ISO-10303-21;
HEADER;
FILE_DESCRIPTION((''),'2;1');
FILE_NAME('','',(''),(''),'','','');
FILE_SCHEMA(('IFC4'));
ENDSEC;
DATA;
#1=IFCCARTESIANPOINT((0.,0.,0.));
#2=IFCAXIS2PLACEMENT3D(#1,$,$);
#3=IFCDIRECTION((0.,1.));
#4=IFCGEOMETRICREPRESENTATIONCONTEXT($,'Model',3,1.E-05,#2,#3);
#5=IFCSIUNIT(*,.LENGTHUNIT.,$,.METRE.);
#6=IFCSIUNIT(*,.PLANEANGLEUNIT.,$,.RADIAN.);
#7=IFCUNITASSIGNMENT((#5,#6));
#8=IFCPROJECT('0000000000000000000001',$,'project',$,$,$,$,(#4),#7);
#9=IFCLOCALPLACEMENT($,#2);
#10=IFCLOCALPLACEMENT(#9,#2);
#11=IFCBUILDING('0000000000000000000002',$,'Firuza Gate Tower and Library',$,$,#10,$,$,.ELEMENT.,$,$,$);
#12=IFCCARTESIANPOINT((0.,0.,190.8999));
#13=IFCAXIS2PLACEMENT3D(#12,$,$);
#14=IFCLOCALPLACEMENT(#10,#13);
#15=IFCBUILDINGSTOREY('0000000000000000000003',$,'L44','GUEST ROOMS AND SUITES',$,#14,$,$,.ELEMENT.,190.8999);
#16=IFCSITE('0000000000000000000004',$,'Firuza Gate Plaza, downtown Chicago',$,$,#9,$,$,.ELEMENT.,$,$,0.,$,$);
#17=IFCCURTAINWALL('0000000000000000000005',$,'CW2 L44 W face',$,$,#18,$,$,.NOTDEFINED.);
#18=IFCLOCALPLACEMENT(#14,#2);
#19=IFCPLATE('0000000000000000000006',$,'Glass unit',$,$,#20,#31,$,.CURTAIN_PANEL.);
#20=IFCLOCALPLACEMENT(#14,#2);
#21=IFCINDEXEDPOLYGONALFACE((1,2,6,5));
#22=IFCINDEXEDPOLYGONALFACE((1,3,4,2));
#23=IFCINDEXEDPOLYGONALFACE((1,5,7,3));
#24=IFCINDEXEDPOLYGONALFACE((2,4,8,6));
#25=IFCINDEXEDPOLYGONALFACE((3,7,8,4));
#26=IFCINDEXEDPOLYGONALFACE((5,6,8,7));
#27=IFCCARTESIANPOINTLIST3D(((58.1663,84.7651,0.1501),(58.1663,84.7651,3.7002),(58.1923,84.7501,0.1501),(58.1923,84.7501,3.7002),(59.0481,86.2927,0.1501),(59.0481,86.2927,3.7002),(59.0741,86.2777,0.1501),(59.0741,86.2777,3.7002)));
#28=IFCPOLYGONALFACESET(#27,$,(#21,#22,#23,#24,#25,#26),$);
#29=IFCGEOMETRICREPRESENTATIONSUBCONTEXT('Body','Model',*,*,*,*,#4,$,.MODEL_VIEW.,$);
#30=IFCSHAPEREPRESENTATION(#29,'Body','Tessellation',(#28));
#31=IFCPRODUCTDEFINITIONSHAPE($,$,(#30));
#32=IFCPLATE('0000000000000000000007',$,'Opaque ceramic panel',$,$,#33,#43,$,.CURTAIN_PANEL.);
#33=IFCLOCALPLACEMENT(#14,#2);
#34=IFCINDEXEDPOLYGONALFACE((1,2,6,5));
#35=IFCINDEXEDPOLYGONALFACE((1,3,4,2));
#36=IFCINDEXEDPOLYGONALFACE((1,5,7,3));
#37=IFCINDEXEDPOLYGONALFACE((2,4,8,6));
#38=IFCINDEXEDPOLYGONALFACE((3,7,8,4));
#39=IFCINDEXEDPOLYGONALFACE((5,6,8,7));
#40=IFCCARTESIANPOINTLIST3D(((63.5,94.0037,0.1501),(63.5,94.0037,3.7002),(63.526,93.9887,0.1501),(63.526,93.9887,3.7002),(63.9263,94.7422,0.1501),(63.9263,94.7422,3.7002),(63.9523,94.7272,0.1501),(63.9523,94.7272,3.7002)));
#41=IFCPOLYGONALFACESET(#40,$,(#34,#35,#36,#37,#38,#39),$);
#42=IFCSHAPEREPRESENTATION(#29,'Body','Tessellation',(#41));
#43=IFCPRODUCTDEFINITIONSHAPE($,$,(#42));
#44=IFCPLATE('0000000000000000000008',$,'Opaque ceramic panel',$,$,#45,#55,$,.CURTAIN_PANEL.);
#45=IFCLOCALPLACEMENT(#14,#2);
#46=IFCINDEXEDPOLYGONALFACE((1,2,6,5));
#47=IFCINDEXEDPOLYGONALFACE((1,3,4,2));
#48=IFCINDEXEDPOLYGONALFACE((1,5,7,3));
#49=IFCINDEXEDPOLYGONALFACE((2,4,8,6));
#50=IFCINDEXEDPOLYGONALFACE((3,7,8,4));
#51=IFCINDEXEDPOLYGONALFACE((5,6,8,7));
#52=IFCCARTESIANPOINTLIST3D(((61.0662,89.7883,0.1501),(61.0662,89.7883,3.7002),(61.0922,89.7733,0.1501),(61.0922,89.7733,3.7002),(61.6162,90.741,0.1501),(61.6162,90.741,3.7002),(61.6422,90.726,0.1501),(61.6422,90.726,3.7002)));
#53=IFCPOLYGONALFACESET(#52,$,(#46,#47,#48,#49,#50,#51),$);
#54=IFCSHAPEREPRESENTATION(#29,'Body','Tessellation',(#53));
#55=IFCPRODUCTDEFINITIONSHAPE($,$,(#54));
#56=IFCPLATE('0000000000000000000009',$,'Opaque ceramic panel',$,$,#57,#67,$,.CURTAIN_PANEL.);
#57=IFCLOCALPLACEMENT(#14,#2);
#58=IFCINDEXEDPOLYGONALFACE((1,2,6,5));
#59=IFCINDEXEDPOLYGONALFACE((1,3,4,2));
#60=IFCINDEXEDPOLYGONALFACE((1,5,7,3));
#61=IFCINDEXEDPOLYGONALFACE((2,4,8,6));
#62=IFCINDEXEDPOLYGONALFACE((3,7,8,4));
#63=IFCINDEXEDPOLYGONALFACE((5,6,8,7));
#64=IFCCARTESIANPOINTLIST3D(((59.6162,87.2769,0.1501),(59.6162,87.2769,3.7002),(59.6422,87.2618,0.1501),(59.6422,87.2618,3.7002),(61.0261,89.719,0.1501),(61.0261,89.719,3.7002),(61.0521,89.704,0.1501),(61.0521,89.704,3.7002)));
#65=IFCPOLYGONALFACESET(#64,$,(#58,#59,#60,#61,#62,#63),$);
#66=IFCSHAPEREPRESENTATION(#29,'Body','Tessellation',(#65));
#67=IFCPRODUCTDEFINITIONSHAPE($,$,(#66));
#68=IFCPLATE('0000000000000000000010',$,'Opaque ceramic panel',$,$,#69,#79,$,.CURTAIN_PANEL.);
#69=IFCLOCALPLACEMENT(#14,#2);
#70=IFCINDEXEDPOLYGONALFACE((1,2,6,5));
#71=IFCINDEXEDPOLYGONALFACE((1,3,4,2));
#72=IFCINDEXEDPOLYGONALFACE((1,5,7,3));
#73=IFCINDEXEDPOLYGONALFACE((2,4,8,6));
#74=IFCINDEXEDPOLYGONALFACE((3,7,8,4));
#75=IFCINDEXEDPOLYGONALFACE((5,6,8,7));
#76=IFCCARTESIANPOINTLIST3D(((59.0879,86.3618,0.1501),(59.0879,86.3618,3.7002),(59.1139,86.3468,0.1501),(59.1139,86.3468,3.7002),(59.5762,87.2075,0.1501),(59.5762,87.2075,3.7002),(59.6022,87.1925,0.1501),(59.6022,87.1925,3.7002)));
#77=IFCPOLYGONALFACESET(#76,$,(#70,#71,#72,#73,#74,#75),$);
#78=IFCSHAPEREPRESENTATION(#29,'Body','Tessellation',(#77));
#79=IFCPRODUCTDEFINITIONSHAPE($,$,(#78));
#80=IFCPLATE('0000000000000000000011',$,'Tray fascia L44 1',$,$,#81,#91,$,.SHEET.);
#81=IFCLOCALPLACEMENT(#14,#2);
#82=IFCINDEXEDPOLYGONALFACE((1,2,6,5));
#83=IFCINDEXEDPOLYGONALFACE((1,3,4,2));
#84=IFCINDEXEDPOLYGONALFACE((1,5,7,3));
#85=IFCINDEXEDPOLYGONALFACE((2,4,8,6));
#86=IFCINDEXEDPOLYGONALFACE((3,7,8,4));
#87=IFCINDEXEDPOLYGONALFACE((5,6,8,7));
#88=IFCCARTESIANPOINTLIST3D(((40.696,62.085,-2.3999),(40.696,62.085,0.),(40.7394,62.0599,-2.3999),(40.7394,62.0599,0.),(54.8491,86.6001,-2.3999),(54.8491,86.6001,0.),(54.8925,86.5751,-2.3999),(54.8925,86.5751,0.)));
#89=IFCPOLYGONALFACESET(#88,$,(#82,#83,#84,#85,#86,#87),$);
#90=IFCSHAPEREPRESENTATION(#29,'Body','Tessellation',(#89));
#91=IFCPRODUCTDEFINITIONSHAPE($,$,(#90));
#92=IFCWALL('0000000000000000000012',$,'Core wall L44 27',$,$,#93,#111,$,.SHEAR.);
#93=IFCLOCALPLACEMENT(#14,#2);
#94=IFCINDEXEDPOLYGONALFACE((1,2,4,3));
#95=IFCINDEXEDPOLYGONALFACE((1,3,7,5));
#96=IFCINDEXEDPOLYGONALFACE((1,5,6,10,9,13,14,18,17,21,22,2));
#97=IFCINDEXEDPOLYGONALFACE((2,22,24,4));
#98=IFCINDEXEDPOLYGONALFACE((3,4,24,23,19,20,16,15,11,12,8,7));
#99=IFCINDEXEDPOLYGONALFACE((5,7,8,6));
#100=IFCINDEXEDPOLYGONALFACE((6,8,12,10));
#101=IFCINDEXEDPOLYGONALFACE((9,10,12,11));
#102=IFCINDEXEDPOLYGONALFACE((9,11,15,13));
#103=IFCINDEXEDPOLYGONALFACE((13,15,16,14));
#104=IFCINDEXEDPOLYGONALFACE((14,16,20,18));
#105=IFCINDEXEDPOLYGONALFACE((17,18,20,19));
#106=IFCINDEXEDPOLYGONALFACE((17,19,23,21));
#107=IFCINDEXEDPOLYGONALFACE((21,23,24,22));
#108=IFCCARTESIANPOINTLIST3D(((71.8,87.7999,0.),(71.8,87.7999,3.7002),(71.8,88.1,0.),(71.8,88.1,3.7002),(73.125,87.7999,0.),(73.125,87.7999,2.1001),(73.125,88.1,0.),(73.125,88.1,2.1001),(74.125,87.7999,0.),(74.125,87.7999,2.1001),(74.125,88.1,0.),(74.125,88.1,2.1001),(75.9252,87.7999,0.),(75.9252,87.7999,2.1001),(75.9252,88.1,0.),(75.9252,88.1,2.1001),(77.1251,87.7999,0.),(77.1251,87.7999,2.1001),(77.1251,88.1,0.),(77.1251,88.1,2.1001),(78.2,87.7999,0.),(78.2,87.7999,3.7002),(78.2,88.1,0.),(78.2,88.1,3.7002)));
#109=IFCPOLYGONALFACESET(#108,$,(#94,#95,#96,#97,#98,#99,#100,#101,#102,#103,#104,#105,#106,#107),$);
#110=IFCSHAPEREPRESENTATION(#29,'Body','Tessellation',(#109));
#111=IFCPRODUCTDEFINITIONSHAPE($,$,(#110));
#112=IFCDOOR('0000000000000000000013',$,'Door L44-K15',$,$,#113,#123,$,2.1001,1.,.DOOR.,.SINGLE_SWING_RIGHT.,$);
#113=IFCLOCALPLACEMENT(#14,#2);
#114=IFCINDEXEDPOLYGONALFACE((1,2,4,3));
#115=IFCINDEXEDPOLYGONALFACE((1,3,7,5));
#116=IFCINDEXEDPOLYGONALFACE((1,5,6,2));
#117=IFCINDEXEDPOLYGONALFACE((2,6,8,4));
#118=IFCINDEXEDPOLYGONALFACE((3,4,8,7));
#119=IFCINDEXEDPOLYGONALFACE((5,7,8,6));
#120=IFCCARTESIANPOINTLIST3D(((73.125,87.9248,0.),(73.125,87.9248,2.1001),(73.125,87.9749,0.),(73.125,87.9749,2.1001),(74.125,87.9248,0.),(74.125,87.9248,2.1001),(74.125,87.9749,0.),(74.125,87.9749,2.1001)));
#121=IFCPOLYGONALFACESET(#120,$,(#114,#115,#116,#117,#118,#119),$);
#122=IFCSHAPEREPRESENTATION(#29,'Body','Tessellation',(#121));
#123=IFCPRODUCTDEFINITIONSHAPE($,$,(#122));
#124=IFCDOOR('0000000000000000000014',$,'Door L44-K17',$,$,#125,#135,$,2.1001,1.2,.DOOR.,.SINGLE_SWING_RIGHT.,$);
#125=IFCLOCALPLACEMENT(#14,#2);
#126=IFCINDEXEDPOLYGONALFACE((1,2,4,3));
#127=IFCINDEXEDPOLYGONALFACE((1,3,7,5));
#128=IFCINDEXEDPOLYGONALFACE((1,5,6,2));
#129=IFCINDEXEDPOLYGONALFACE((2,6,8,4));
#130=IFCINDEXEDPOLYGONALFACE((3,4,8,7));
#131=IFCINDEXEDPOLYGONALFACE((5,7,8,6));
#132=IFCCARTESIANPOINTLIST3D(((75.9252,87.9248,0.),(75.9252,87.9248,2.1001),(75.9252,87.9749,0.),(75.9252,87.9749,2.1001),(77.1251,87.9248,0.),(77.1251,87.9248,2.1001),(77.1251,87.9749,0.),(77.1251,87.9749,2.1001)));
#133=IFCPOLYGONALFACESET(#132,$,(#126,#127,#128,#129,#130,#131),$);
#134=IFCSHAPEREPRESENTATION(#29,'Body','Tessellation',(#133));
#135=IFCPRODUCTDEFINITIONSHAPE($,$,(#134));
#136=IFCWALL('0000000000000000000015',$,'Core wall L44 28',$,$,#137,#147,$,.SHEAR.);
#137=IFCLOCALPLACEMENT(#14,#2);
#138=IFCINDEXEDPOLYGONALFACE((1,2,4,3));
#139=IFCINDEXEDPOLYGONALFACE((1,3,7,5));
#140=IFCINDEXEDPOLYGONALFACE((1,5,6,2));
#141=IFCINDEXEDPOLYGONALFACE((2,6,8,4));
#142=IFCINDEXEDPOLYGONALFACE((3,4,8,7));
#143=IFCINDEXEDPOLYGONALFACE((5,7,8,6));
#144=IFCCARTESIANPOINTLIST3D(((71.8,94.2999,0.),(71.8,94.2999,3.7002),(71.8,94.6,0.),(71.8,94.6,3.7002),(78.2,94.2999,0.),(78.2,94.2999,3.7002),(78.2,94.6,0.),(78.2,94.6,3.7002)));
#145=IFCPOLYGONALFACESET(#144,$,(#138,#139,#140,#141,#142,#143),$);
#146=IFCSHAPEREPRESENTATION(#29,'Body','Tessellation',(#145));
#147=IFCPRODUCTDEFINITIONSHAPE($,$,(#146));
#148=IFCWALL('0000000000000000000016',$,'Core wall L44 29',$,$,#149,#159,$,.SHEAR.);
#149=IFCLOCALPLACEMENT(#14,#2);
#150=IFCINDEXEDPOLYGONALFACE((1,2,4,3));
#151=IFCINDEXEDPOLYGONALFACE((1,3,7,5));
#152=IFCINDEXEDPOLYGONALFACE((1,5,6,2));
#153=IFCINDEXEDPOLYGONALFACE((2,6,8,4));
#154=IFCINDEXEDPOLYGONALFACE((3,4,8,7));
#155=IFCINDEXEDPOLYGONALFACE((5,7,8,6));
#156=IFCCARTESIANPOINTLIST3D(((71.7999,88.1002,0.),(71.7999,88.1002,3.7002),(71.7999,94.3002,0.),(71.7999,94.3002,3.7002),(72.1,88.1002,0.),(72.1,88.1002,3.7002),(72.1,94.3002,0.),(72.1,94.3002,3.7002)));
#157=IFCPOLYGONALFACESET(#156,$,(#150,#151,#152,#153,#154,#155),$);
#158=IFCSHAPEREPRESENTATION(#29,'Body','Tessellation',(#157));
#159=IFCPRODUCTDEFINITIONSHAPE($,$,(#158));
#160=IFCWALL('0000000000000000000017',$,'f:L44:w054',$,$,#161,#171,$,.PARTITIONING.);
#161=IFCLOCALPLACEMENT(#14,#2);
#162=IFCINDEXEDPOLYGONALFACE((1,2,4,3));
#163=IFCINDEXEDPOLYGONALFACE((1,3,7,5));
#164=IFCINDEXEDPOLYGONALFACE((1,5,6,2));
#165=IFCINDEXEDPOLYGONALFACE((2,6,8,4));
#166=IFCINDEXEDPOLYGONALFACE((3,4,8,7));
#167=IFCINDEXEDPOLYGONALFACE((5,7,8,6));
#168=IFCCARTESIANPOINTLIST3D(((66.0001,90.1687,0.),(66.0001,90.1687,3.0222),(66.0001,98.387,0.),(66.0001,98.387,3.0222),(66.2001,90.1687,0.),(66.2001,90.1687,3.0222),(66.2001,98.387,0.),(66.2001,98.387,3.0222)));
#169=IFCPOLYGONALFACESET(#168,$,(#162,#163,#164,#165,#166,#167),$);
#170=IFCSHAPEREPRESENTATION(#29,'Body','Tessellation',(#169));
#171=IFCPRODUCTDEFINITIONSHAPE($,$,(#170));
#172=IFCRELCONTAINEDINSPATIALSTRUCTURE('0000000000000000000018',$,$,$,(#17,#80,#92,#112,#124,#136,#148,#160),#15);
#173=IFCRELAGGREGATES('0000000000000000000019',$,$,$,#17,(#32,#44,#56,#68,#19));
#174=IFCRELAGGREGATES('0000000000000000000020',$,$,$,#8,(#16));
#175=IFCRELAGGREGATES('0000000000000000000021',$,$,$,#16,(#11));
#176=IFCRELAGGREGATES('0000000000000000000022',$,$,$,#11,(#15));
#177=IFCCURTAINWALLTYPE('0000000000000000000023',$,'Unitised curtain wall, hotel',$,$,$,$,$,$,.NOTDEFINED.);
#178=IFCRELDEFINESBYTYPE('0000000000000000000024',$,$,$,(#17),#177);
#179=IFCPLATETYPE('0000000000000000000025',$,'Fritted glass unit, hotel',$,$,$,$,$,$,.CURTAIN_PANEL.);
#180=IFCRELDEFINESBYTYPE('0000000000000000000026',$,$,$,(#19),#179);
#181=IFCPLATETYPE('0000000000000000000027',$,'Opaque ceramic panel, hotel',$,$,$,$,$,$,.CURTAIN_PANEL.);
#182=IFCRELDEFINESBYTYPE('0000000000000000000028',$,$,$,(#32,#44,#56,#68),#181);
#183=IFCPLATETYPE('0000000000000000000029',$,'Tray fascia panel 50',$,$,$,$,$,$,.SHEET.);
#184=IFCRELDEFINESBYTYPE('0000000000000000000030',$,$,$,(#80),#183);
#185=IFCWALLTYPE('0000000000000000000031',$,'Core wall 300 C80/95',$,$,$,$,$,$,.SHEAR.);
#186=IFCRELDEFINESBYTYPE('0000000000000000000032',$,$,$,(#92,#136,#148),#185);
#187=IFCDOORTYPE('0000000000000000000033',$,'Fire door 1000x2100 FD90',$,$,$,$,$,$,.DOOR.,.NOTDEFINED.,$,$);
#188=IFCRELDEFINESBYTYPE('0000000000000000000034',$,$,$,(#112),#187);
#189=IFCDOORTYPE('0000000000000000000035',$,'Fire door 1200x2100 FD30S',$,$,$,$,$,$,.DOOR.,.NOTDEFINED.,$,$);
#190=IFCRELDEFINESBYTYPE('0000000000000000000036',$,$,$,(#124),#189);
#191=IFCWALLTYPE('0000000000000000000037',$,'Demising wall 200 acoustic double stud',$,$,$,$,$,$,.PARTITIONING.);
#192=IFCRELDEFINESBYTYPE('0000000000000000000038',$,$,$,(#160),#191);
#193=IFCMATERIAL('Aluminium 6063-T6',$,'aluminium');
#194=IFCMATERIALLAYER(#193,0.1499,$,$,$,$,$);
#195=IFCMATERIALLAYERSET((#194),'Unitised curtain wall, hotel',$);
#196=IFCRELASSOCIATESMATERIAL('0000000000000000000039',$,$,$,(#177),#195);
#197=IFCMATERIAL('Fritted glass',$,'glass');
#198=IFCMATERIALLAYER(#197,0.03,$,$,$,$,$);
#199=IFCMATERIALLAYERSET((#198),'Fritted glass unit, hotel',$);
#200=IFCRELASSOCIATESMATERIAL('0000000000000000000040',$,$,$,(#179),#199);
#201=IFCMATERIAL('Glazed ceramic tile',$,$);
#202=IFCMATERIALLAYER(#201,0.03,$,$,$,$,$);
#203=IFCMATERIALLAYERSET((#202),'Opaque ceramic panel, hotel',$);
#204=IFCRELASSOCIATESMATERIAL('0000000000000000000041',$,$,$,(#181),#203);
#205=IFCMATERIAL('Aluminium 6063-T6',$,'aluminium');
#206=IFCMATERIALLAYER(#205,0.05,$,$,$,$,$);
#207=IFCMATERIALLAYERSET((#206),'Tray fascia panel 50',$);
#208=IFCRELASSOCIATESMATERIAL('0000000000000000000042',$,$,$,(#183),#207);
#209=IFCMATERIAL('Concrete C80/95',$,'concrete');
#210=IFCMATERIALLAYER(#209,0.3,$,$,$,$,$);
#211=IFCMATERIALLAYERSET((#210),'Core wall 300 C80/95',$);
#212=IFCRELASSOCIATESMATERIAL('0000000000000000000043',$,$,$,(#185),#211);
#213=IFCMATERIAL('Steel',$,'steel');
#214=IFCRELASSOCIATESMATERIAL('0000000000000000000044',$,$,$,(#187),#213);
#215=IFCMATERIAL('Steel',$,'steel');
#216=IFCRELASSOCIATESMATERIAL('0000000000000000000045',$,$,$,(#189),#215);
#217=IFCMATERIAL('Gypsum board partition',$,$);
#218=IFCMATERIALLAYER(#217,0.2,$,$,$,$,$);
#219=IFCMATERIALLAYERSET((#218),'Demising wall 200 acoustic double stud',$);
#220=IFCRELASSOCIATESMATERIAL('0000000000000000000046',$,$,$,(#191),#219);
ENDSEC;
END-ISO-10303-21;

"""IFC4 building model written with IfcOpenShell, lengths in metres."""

from ifc_helpers import new_model, si_unit, direction, frame, frame_2d, origin, place, context, subcontext, project, spatial, polyline, rectangle, outline, extrude, material, layer, layer_set, type_object, element, fill, aggregate, save


model = new_model("IFC4")

# Units and contexts
model_context = context("Model", 3, precision=1e-05, world=origin(), true_north=direction((0.0, 1.0)))
body_context = subcontext(model_context, "Body", "Model", "MODEL_VIEW")
ifc_project = project(units=[si_unit("LENGTHUNIT", "METRE"), si_unit("PLANEANGLEUNIT", "RADIAN")], contexts=[model_context])

# Site, building, storey
site_placement = place(None, origin())
site = spatial("IfcSite", under=ifc_project, at=site_placement, Name="Firuza Gate Plaza, downtown Chicago", CompositionType="ELEMENT", RefElevation=0.0)
building_placement = place(site_placement, origin())
building = spatial("IfcBuilding", under=site, at=building_placement, Name="Firuza Gate Tower and Library", CompositionType="ELEMENT")
storey_placement = place(building_placement, frame((0.0, 0.0, 190.8999)))
storey = spatial("IfcBuildingStorey", under=building, at=storey_placement, Name="L44", Description="GUEST ROOMS AND SUITES", CompositionType="ELEMENT", Elevation=190.8999)

# Curtain wall
ifc_material_1 = material(Name="Aluminium 6063-T6", Category="aluminium")
ifc_layer_1 = layer(ifc_material_1, 0.1499)
ifc_layer_set_1 = layer_set([ifc_layer_1], Name="Unitised curtain wall, hotel")
curtain_wall_type = type_object("IfcCurtainWallType", Name="Unitised curtain wall, hotel", PredefinedType="NOTDEFINED", material=ifc_layer_set_1)
placement = place(storey_placement, origin())
curtain_wall = element("IfcCurtainWall", 1, at=placement, inside=storey, type_object=curtain_wall_type, Name="CW2 L44 W face", PredefinedType="NOTDEFINED")

# Plates
ifc_material_2 = material(Name="Fritted glass", Category="glass")
ifc_layer_2 = layer(ifc_material_2, 0.03)
ifc_layer_set_2 = layer_set([ifc_layer_2], Name="Fritted glass unit, hotel")
plate_type_1 = type_object("IfcPlateType", Name="Fritted glass unit, hotel", PredefinedType="CURTAIN_PANEL", material=ifc_layer_set_2)
plate_1_placement = place(storey_placement, frame((59.0481, 86.2927, 0.1501), z_axis=(-0.866054, 0.49995, 0.0), x_axis=(-0.49995, -0.866054, 0.0)))
plate_1 = element("IfcPlate", 2, at=plate_1_placement, type_object=plate_type_1, Name="Glass unit", PredefinedType="CURTAIN_PANEL", context=body_context, shape_type="SweptSolid", body=[
    extrude(outline(polyline([(0.0, 0.0), (1.7638, 0.0), (1.7638, 3.55), (0.0, 3.55), (0.0, 0.0)])), origin(), (0.0, 0.0, -1.0), 0.03),
])
ifc_material_3 = material(Name="Glazed ceramic tile")
ifc_layer_3 = layer(ifc_material_3, 0.03)
ifc_layer_set_3 = layer_set([ifc_layer_3], Name="Opaque ceramic panel, hotel")
plate_type_2 = type_object("IfcPlateType", Name="Opaque ceramic panel, hotel", PredefinedType="CURTAIN_PANEL", material=ifc_layer_set_3)
plate_2_placement = place(storey_placement, frame((63.9263, 94.7422, 0.1501), z_axis=(-0.866085, 0.499896, 0.0), x_axis=(-0.499896, -0.866085, 0.0)))
plate_2 = element("IfcPlate", 3, at=plate_2_placement, type_object=plate_type_2, Name="Opaque ceramic panel", PredefinedType="CURTAIN_PANEL", context=body_context, shape_type="SweptSolid", body=[
    extrude(outline(polyline([(0.0, 0.0), (0.8527, 0.0), (0.8527, 3.55), (0.0, 3.55), (0.0, 0.0)])), origin(), (0.0, 0.0, -1.0), 0.03),
])
plate_3_placement = place(storey_placement, frame((61.6162, 90.741, 0.1501), z_axis=(-0.866008, 0.50003, 0.0), x_axis=(-0.50003, -0.866008, 0.0)))
plate_3 = element("IfcPlate", 4, at=plate_3_placement, type_object=plate_type_2, Name="Opaque ceramic panel", PredefinedType="CURTAIN_PANEL", context=body_context, shape_type="SweptSolid", body=[
    extrude(outline(polyline([(0.0, 0.0), (1.1, 0.0), (1.1, 3.55), (0.0, 3.55), (0.0, 0.0)])), origin(), (0.0, 0.0, -1.0), 0.03),
])
plate_4_placement = place(storey_placement, frame((61.0261, 89.719, 0.1501), z_axis=(-0.866034, 0.499985, 0.0), x_axis=(-0.499985, -0.866034, 0.0)))
plate_4 = element("IfcPlate", 5, at=plate_4_placement, type_object=plate_type_2, Name="Opaque ceramic panel", PredefinedType="CURTAIN_PANEL", context=body_context, shape_type="SweptSolid", body=[
    extrude(outline(polyline([(0.0, 0.0), (2.8199, 0.0), (2.8199, 3.55), (0.0, 3.55), (0.0, 0.0)])), origin(), (0.0, 0.0, -1.0), 0.03),
])
plate_5_placement = place(storey_placement, frame((59.5762, 87.2075, 0.1501), z_axis=(-0.866019, 0.500011, 0.0), x_axis=(-0.500011, -0.866019, 0.0)))
plate_5 = element("IfcPlate", 6, at=plate_5_placement, type_object=plate_type_2, Name="Opaque ceramic panel", PredefinedType="CURTAIN_PANEL", context=body_context, shape_type="SweptSolid", body=[
    extrude(outline(polyline([(0.0, 0.0), (0.9765, 0.0), (0.9765, 3.55), (0.0, 3.55), (0.0, 0.0)])), origin(), (0.0, 0.0, -1.0), 0.03),
])
aggregate(curtain_wall, [plate_2, plate_3, plate_4, plate_5, plate_1])
ifc_material_4 = material(Name="Aluminium 6063-T6", Category="aluminium")
ifc_layer_4 = layer(ifc_material_4, 0.05)
ifc_layer_set_4 = layer_set([ifc_layer_4], Name="Tray fascia panel 50")
plate_type_3 = type_object("IfcPlateType", Name="Tray fascia panel 50", PredefinedType="SHEET", material=ifc_layer_set_4)
plate_6_placement = place(storey_placement, frame((54.8491, 86.6001, -2.3999), z_axis=(-0.866037, 0.49998, 0.0), x_axis=(-0.49998, -0.866037, 0.0)))
element("IfcPlate", 7, at=plate_6_placement, inside=storey, type_object=plate_type_3, Name="Tray fascia L44 1", PredefinedType="SHEET", context=body_context, shape_type="SweptSolid", body=[
    extrude(outline(polyline([(0.0, 0.0), (28.3073, 0.0), (28.3073, 2.3999), (0.0, 2.3999), (0.0, 0.0)])), origin(), (0.0, 0.0, -1.0), 0.05),
])

# Wall, openings, doors
ifc_material_5 = material(Name="Concrete C80/95", Category="concrete")
ifc_layer_5 = layer(ifc_material_5, 0.3)
ifc_layer_set_5 = layer_set([ifc_layer_5], Name="Core wall 300 C80/95")
wall_type_1 = type_object("IfcWallType", Name="Core wall 300 C80/95", PredefinedType="SHEAR", material=ifc_layer_set_5)
wall_1_placement = place(storey_placement, frame((71.8, 87.95, 0.0), z_axis=(0.0, 0.0, 1.0), x_axis=(1.0, 0.0, 0.0)))
wall_1 = element("IfcWall", 8, at=wall_1_placement, inside=storey, type_object=wall_type_1, Name="Core wall L44 27", PredefinedType="SHEAR", context=body_context, shape_type="SweptSolid", body=[
    extrude(rectangle(XDim=6.3999, YDim=0.3, at=frame_2d((3.2, 0.0))), origin(), (0.0, 0.0, 1.0), 3.7002),
])
opening_1_placement = place(wall_1_placement, frame((1.325, 0.0, 0.0)))
opening_1 = element("IfcOpeningElement", 9, at=opening_1_placement, cuts=wall_1, PredefinedType="OPENING", context=body_context, shape_type="SweptSolid", body=[
    extrude(rectangle(XDim=1.0, YDim=2.1001, at=frame_2d((0.5, 1.05))), frame((0.0, 0.1602, 0.0), z_axis=(0.0, -1.0, 0.0), x_axis=(1.0, 0.0, 0.0)), (0.0, 0.0, 1.0), 0.3201),
])
opening_2_placement = place(wall_1_placement, frame((4.125, 0.0, 0.0)))
opening_2 = element("IfcOpeningElement", 10, at=opening_2_placement, cuts=wall_1, PredefinedType="OPENING", context=body_context, shape_type="SweptSolid", body=[
    extrude(rectangle(XDim=1.2, YDim=2.1001, at=frame_2d((0.6001, 1.05))), frame((0.0, 0.1602, 0.0), z_axis=(0.0, -1.0, 0.0), x_axis=(1.0, 0.0, 0.0)), (0.0, 0.0, 1.0), 0.3201),
])
ifc_material_6 = material(Name="Steel", Category="steel")
door_type_1 = type_object("IfcDoorType", Name="Fire door 1000x2100 FD90", OperationType="NOTDEFINED", PredefinedType="DOOR", material=ifc_material_6)
door_1_placement = place(opening_1_placement, origin())
door_1 = element("IfcDoor", 11, at=door_1_placement, inside=storey, type_object=door_type_1, Name="Door L44-K15", OperationType="SINGLE_SWING_RIGHT", OverallHeight=2.1001, OverallWidth=1.0, PredefinedType="DOOR", context=body_context, shape_type="SweptSolid", body=[
    extrude(rectangle(XDim=1.0, YDim=2.1001, at=frame_2d((0.5, 1.05))), frame((0.0, 0.0249, 0.0), z_axis=(0.0, -1.0, 0.0), x_axis=(1.0, 0.0, 0.0)), (0.0, 0.0, 1.0), 0.05),
])
fill(opening_1, door_1)
ifc_material_7 = material(Name="Steel", Category="steel")
door_type_2 = type_object("IfcDoorType", Name="Fire door 1200x2100 FD30S", OperationType="NOTDEFINED", PredefinedType="DOOR", material=ifc_material_7)
door_2_placement = place(opening_2_placement, origin())
door_2 = element("IfcDoor", 12, at=door_2_placement, inside=storey, type_object=door_type_2, Name="Door L44-K17", OperationType="SINGLE_SWING_RIGHT", OverallHeight=2.1001, OverallWidth=1.2, PredefinedType="DOOR", context=body_context, shape_type="SweptSolid", body=[
    extrude(rectangle(XDim=1.2, YDim=2.1001, at=frame_2d((0.6001, 1.05))), frame((0.0, 0.0249, 0.0), z_axis=(0.0, -1.0, 0.0), x_axis=(1.0, 0.0, 0.0)), (0.0, 0.0, 1.0), 0.05),
])
fill(opening_2, door_2)

# Walls
wall_2_placement = place(storey_placement, frame((71.8, 94.45, 0.0), z_axis=(0.0, 0.0, 1.0), x_axis=(1.0, 0.0, 0.0)))
element("IfcWall", 13, at=wall_2_placement, inside=storey, type_object=wall_type_1, Name="Core wall L44 28", PredefinedType="SHEAR", context=body_context, shape_type="SweptSolid", body=[
    extrude(rectangle(XDim=6.3999, YDim=0.3, at=frame_2d((3.2, 0.0))), origin(), (0.0, 0.0, 1.0), 3.7002),
])
wall_3_placement = place(storey_placement, frame((71.95, 88.1001, 0.0), z_axis=(0.0, 0.0, 1.0), x_axis=(0.0, 1.0, 0.0)))
element("IfcWall", 14, at=wall_3_placement, inside=storey, type_object=wall_type_1, Name="Core wall L44 29", PredefinedType="SHEAR", context=body_context, shape_type="SweptSolid", body=[
    extrude(rectangle(XDim=6.2, YDim=0.3, at=frame_2d((3.1001, 0.0))), origin(), (0.0, 0.0, 1.0), 3.7002),
])
ifc_material_8 = material(Name="Gypsum board partition")
ifc_layer_6 = layer(ifc_material_8, 0.2)
ifc_layer_set_6 = layer_set([ifc_layer_6], Name="Demising wall 200 acoustic double stud")
wall_type_2 = type_object("IfcWallType", Name="Demising wall 200 acoustic double stud", PredefinedType="PARTITIONING", material=ifc_layer_set_6)
wall_4_placement = place(storey_placement, frame((66.1001, 90.1687, 0.0), z_axis=(0.0, 0.0, 1.0), x_axis=(0.0, 1.0, 0.0)))
element("IfcWall", 15, at=wall_4_placement, inside=storey, type_object=wall_type_2, Name="f:L44:w054", PredefinedType="PARTITIONING", context=body_context, shape_type="SweptSolid", body=[
    extrude(rectangle(XDim=8.2183, YDim=0.2, at=frame_2d((4.1091, 0.0))), origin(), (0.0, 0.0, 1.0), 3.0222),
])

save(model, "model.ifc")
